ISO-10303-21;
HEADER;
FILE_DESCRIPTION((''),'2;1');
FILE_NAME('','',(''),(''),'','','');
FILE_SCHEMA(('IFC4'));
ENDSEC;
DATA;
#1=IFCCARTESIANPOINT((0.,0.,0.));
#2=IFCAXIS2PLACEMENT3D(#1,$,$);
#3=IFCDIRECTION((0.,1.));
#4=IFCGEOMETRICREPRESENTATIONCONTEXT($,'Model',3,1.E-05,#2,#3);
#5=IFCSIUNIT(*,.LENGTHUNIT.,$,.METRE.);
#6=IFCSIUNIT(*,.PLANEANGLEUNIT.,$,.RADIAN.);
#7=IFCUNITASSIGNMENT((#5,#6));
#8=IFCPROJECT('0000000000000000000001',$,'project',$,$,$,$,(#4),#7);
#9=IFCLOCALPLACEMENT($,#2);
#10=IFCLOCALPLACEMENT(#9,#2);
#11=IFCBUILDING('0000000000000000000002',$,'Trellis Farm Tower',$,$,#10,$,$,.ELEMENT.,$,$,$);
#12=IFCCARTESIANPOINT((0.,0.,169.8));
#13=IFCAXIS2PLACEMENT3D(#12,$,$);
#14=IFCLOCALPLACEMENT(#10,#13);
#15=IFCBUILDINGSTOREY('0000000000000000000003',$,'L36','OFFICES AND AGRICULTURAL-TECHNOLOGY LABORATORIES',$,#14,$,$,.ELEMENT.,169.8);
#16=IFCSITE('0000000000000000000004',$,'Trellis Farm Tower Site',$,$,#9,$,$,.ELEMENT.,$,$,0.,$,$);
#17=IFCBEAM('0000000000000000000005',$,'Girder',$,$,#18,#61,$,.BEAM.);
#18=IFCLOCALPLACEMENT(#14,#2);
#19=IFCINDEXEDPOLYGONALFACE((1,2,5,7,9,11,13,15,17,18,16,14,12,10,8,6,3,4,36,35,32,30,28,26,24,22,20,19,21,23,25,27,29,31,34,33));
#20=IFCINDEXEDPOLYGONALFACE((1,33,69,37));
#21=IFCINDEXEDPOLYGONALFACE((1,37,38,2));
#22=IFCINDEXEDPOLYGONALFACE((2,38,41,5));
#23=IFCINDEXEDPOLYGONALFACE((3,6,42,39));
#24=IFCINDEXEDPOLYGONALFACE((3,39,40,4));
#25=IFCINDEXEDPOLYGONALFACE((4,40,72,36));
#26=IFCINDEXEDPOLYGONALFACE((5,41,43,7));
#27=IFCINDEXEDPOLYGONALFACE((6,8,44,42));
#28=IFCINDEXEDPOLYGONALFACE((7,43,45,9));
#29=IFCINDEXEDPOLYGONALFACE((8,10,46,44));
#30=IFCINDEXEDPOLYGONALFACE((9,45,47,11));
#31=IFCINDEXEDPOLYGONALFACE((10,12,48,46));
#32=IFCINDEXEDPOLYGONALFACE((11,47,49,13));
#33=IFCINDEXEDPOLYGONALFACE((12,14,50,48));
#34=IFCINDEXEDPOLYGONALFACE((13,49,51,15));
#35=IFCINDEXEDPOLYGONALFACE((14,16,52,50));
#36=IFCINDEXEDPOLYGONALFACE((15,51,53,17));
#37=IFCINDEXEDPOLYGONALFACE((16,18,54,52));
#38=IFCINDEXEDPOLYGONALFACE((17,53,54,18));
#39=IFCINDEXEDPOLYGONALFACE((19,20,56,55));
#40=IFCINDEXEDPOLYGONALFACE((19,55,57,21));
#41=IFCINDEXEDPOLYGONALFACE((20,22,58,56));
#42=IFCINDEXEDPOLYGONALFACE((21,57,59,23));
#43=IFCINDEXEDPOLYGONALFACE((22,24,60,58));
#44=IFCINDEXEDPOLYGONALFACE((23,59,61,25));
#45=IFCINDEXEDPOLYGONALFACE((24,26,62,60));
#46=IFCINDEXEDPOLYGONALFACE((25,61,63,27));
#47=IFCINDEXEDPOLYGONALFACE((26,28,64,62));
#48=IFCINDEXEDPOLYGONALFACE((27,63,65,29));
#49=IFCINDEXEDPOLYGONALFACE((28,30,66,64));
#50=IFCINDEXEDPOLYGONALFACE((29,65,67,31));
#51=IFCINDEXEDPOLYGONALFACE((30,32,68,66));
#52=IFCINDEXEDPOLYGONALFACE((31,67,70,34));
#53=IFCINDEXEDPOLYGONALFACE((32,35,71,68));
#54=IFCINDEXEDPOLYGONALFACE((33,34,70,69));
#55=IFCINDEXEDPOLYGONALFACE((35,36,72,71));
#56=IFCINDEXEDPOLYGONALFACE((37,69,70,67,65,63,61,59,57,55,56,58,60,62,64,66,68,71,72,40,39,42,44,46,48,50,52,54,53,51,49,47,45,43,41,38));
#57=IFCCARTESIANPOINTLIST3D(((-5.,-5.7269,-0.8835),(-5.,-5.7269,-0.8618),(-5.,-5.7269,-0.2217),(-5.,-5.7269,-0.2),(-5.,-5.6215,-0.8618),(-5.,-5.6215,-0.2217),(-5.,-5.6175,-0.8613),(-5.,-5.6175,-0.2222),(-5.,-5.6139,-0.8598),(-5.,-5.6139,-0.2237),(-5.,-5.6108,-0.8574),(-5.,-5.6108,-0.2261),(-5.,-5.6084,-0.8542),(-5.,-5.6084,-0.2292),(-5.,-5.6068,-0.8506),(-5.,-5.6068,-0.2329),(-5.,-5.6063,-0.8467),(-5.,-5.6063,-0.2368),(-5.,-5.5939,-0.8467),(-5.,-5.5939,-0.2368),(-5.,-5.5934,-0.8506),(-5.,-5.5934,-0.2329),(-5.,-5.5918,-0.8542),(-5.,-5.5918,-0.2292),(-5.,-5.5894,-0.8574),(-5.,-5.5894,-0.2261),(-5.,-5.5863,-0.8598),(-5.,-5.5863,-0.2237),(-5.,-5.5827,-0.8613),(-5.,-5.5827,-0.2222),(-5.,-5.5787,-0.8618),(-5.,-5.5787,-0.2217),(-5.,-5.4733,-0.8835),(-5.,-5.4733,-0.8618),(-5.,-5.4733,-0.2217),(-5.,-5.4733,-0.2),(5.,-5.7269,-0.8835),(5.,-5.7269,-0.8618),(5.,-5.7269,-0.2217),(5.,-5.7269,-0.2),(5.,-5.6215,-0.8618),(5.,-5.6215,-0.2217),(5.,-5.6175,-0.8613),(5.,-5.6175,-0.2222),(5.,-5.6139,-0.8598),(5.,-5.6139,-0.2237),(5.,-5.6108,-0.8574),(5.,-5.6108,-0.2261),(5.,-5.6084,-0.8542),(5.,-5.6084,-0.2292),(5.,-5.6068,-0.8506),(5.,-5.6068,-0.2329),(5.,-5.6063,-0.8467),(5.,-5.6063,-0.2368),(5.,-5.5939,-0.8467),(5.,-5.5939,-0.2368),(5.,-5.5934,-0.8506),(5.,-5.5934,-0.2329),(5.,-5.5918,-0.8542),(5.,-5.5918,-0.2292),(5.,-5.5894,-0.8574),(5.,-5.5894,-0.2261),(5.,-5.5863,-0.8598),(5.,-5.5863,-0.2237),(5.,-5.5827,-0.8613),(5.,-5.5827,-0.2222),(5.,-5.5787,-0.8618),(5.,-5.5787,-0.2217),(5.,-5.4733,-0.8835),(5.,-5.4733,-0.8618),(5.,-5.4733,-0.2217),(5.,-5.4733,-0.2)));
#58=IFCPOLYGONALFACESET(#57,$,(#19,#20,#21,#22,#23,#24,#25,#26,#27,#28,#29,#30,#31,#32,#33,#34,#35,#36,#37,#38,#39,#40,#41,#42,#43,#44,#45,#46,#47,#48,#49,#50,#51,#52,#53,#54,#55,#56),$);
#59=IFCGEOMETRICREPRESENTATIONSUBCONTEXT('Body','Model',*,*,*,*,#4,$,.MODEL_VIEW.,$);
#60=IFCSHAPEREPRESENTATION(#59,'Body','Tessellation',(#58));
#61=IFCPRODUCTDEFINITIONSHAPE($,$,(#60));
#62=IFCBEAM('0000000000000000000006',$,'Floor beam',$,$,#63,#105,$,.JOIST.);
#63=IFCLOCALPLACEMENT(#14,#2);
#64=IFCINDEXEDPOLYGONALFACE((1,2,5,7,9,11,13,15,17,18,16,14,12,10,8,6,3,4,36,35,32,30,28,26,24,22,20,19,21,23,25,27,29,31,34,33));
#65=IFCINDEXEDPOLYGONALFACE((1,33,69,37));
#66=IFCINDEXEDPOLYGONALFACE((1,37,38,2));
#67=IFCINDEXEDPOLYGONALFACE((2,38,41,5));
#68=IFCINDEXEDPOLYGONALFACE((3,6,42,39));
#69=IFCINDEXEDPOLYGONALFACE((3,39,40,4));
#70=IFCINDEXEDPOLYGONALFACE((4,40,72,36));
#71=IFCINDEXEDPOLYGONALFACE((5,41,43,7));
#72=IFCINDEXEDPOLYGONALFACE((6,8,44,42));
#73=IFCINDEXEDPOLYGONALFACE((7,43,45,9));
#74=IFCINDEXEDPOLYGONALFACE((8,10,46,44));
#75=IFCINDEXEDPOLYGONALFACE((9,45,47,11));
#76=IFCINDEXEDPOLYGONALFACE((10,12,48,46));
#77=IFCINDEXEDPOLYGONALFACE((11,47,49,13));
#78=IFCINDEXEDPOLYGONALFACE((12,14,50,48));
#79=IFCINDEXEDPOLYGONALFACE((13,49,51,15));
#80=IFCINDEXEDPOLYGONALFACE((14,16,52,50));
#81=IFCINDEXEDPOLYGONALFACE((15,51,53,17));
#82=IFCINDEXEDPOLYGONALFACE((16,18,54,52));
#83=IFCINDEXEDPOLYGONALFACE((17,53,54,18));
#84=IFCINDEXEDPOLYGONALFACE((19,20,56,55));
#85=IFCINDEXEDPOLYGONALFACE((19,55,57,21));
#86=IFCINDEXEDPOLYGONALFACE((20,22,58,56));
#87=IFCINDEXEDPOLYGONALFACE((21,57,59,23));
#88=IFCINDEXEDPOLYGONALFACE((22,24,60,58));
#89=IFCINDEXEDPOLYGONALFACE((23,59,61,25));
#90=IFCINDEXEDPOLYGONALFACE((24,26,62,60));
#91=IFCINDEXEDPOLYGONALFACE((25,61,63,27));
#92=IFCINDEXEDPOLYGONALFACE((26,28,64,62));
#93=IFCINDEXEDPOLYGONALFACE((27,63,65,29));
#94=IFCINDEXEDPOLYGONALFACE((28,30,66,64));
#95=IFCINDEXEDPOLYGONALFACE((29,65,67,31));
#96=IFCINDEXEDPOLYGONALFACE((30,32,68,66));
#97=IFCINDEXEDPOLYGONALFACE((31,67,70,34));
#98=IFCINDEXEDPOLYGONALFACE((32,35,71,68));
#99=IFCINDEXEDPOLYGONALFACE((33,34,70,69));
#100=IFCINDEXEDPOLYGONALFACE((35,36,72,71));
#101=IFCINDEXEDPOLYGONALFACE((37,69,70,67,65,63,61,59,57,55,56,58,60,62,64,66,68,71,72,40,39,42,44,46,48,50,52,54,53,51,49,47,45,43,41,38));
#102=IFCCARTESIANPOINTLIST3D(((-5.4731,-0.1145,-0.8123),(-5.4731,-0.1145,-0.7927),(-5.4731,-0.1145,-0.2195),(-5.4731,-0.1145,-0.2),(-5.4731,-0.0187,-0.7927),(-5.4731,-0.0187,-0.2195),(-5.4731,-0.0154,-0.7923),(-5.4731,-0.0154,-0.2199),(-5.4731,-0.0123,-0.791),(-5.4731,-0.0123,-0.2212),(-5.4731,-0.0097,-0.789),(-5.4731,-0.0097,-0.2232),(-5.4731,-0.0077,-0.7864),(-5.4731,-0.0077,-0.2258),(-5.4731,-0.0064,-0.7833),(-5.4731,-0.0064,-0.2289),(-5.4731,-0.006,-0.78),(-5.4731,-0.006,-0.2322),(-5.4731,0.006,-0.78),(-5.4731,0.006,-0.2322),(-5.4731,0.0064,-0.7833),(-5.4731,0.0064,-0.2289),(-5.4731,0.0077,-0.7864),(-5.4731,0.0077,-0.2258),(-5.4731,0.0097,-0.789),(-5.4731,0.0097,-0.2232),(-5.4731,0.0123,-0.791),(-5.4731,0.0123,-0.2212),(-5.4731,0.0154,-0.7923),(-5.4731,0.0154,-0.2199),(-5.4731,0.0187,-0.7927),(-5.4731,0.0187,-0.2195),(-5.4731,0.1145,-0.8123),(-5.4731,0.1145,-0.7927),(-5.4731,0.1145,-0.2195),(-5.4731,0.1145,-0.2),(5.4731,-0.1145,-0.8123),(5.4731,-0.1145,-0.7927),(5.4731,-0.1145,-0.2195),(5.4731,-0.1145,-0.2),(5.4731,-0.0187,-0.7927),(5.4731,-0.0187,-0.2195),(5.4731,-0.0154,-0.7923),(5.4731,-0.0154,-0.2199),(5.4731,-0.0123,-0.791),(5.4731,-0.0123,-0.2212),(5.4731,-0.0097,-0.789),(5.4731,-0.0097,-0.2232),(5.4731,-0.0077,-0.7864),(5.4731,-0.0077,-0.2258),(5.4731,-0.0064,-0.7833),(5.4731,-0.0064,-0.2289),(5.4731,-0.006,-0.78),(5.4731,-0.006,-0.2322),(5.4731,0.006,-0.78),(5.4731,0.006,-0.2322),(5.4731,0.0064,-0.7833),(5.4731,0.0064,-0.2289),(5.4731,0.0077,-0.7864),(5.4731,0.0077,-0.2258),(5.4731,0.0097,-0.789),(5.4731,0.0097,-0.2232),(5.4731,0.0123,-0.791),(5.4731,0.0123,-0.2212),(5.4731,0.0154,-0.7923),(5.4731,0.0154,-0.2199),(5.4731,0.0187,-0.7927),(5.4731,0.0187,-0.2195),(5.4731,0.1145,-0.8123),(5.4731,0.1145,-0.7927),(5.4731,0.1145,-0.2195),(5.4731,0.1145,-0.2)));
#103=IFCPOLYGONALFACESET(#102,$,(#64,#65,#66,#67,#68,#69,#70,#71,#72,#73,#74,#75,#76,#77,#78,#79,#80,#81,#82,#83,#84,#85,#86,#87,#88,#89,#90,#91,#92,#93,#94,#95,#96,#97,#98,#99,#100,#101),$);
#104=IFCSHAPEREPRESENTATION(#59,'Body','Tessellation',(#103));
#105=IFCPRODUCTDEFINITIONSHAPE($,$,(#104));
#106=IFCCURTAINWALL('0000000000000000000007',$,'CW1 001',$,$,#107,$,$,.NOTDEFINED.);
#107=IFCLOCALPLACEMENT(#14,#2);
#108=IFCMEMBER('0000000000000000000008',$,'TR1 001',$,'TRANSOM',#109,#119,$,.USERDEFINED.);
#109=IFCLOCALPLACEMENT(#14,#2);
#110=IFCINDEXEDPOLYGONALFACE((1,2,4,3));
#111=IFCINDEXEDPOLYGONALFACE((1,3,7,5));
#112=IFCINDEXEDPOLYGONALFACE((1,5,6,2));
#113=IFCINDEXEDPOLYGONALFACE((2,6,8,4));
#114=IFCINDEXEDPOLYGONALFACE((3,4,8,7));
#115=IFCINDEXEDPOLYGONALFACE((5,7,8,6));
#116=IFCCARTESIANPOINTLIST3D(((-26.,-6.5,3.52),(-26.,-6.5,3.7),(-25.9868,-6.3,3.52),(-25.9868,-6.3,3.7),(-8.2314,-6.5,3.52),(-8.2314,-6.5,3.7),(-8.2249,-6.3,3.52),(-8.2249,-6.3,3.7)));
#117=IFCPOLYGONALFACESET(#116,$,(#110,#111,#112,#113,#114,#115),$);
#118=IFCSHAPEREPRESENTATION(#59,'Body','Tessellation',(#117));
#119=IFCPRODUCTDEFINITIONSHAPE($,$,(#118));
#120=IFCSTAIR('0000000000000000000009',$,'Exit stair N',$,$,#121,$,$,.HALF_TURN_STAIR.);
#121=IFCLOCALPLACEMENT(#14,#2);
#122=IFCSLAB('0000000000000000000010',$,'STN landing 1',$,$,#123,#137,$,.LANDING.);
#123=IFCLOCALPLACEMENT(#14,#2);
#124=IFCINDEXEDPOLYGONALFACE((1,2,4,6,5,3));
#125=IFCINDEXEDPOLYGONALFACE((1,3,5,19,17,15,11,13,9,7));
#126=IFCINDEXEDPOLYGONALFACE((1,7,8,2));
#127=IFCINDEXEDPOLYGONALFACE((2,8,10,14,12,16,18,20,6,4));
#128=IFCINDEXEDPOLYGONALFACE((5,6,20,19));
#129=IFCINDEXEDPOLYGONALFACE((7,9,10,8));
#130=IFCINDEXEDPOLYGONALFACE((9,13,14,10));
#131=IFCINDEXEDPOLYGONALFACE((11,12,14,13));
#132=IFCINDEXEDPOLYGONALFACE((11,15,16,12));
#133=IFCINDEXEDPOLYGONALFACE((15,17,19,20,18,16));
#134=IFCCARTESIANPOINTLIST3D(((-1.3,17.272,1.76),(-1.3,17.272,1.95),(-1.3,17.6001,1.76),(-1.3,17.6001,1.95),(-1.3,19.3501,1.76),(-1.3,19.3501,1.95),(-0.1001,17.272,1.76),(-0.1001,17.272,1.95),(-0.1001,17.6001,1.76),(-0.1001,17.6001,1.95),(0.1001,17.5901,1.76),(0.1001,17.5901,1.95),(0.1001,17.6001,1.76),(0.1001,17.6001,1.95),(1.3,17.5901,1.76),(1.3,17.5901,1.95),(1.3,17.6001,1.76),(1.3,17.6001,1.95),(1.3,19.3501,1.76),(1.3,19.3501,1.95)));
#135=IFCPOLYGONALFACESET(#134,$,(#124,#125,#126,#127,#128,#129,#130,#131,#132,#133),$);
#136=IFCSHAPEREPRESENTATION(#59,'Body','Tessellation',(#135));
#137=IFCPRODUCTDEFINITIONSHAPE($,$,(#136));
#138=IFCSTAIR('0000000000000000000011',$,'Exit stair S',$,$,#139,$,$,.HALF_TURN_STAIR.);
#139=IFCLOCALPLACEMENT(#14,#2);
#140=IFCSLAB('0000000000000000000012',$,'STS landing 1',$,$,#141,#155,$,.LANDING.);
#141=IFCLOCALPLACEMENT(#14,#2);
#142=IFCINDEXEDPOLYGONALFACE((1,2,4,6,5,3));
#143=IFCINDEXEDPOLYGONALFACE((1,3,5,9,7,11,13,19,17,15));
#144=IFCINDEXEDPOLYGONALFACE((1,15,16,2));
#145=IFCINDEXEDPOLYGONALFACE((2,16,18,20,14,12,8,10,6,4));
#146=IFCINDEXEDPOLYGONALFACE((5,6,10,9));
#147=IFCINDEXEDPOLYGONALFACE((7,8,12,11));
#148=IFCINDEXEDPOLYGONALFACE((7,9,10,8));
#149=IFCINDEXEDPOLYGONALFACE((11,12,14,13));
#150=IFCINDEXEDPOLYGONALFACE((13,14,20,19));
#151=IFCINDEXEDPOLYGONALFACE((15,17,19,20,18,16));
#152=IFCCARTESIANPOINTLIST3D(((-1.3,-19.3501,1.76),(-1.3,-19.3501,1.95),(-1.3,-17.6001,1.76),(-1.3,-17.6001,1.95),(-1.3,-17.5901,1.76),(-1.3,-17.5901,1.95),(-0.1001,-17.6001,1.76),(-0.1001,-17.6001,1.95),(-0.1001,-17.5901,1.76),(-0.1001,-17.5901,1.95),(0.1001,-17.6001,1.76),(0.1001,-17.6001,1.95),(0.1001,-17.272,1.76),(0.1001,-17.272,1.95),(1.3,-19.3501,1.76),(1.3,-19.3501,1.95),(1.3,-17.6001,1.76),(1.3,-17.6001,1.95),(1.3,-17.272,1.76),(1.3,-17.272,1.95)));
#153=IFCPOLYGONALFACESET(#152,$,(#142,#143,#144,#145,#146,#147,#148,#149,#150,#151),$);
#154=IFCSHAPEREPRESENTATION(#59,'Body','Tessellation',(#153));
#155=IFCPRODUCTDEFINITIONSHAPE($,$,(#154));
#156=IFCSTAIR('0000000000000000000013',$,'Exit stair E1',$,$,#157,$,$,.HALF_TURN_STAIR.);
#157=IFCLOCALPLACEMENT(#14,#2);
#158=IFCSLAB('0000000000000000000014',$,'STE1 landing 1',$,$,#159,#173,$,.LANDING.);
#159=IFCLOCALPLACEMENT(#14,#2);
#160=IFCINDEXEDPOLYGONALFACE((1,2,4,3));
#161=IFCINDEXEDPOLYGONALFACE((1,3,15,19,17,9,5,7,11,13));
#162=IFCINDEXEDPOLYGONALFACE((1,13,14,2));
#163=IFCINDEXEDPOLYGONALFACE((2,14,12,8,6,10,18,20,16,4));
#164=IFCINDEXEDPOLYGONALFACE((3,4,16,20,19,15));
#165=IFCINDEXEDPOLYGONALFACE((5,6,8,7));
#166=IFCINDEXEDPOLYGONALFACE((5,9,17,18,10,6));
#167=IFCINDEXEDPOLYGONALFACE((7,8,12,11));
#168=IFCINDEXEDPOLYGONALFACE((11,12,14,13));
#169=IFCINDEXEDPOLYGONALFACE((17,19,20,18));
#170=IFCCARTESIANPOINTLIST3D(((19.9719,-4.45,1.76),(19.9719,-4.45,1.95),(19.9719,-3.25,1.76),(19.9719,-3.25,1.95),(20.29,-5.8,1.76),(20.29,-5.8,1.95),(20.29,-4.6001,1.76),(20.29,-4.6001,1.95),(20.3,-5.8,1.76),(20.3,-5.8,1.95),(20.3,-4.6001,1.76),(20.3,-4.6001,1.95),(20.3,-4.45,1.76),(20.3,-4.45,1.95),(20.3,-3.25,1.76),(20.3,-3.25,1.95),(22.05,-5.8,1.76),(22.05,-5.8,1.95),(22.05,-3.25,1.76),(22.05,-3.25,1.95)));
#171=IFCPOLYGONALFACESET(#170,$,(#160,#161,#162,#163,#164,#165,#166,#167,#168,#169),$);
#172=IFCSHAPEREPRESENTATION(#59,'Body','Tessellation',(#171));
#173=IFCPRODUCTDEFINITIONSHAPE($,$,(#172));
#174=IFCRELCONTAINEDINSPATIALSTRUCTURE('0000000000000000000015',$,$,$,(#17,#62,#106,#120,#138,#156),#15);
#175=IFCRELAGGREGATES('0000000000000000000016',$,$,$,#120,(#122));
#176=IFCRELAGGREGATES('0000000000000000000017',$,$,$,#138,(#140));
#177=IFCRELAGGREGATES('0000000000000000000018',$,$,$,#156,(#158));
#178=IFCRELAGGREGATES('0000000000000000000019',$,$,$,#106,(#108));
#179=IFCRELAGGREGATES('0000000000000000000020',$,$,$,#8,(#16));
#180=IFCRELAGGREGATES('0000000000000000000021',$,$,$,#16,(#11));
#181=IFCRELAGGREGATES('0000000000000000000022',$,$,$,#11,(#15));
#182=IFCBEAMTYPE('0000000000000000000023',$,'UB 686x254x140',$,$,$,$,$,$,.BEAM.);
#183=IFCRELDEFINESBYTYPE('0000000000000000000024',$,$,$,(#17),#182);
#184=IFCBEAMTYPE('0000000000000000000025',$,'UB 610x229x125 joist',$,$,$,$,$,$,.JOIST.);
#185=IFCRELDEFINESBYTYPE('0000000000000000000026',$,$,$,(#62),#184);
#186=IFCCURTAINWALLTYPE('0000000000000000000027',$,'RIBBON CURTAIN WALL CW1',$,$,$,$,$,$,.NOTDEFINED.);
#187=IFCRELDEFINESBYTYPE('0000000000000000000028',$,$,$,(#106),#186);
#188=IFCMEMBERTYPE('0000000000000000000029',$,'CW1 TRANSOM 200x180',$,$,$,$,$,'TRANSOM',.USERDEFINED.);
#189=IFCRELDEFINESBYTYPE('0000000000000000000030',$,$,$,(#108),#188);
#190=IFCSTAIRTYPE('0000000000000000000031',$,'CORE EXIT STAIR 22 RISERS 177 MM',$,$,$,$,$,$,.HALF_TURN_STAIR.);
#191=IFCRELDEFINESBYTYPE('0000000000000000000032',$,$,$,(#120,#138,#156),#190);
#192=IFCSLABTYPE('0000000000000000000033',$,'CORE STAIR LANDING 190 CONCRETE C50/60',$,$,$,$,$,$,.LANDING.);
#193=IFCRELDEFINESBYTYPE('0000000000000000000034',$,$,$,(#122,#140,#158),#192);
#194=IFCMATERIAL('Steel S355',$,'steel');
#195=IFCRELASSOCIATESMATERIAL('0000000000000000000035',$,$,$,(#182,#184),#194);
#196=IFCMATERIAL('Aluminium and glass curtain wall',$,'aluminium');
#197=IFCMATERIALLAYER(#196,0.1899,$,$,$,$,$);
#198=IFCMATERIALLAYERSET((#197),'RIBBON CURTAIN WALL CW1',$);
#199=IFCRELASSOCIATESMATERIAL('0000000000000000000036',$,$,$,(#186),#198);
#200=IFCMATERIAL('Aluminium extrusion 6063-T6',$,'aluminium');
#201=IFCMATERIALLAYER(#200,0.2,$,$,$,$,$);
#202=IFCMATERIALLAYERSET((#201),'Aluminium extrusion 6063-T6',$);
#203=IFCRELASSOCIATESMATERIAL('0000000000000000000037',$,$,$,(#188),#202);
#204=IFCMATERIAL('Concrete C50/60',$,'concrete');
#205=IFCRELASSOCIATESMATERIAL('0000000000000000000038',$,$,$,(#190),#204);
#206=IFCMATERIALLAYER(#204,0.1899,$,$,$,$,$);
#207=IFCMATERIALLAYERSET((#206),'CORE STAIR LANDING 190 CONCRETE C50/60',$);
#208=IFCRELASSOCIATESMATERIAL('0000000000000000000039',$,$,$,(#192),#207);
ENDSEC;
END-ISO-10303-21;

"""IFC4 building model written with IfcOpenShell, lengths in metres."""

from ifc_helpers import new_model, si_unit, direction, frame, origin, origin_2d, place, context, subcontext, project, spatial, polyline, i_section, outline, extrude, source, transform, mapped, material, layer, layer_set, material_profile, profile_set, type_object, element, aggregate, save


model = new_model("IFC4")

# Units and contexts
model_context = context("Model", 3, precision=1e-05, world=origin(), true_north=direction((0.0, 1.0)))
body_context = subcontext(model_context, "Body", "Model", "MODEL_VIEW")
ifc_project = project(units=[si_unit("LENGTHUNIT", "METRE"), si_unit("PLANEANGLEUNIT", "RADIAN")], contexts=[model_context])

# Site, building, storey
site_placement = place(None, origin())
site = spatial("IfcSite", under=ifc_project, at=site_placement, Name="Trellis Farm Tower Site", CompositionType="ELEMENT", RefElevation=0.0)
building_placement = place(site_placement, origin())
building = spatial("IfcBuilding", under=site, at=building_placement, Name="Trellis Farm Tower", CompositionType="ELEMENT")
storey_placement = place(building_placement, frame((0.0, 0.0, 169.8)))
storey = spatial("IfcBuildingStorey", under=building, at=storey_placement, Name="L36", Description="OFFICES AND AGRICULTURAL-TECHNOLOGY LABORATORIES", CompositionType="ELEMENT", Elevation=169.8)

# Beams
ifc_material_1 = material(Name="Steel S355", Category="steel")
ifc_material_profile_1 = material_profile(ifc_material_1, i_section(OverallWidth=0.2537, OverallDepth=0.6836, WebThickness=0.0125, FlangeThickness=0.0217, FilletRadius=0.0151, at=origin_2d()), Name="UB 686x254x140")
ifc_profile_set_1 = profile_set([ifc_material_profile_1], Name="Steel S355")
beam_type_1 = type_object("IfcBeamType", Name="UB 686x254x140", PredefinedType="BEAM", material=ifc_profile_set_1)
shared_shape_1 = source(origin(), body_context, "Body", "SweptSolid", [
    extrude(i_section(OverallWidth=0.2537, OverallDepth=0.6836, WebThickness=0.0125, FlangeThickness=0.0217, FilletRadius=0.0151, at=origin_2d()), origin(), (0.0, 0.0, 1.0), 10.0),
])
beam_1_placement = place(storey_placement, frame((-5.0, -5.6001, -0.5417), z_axis=(1.0, 0.0, 0.0), x_axis=(0.0, 1.0, 0.0)))
element("IfcBeam", 1, at=beam_1_placement, inside=storey, type_object=beam_type_1, Name="Girder", PredefinedType="BEAM", context=body_context, shape_type="MappedRepresentation", body=[
    mapped(shared_shape_1, transform((0.0, 0.0, 0.0))),
])
ifc_material_profile_2 = material_profile(ifc_material_1, i_section(OverallWidth=0.229, OverallDepth=0.6123, WebThickness=0.012, FlangeThickness=0.0195, FilletRadius=0.0127, at=origin_2d()), Name="UB 610x229x125")
ifc_profile_set_2 = profile_set([ifc_material_profile_2], Name="Steel S355")
beam_type_2 = type_object("IfcBeamType", Name="UB 610x229x125 joist", PredefinedType="JOIST", material=ifc_profile_set_2)
shared_shape_2 = source(origin(), body_context, "Body", "SweptSolid", [
    extrude(i_section(OverallWidth=0.229, OverallDepth=0.6123, WebThickness=0.012, FlangeThickness=0.0195, FilletRadius=0.0127, at=origin_2d()), origin(), (0.0, 0.0, 1.0), 10.9463),
])
beam_2_placement = place(storey_placement, frame((-5.4731, 0.0, -0.5061), z_axis=(1.0, 0.0, 0.0), x_axis=(0.0, 1.0, 0.0)))
element("IfcBeam", 2, at=beam_2_placement, inside=storey, type_object=beam_type_2, Name="Floor beam", PredefinedType="JOIST", context=body_context, shape_type="MappedRepresentation", body=[
    mapped(shared_shape_2, transform((0.0, 0.0, 0.0))),
])

# Curtain wall, member
ifc_material_2 = material(Name="Aluminium and glass curtain wall", Category="aluminium")
ifc_layer_1 = layer(ifc_material_2, 0.1899)
ifc_layer_set_1 = layer_set([ifc_layer_1], Name="RIBBON CURTAIN WALL CW1")
curtain_wall_type = type_object("IfcCurtainWallType", Name="RIBBON CURTAIN WALL CW1", PredefinedType="NOTDEFINED", material=ifc_layer_set_1)
placement_1 = place(storey_placement, origin())
curtain_wall = element("IfcCurtainWall", 3, at=placement_1, inside=storey, type_object=curtain_wall_type, Name="CW1 001", PredefinedType="NOTDEFINED")
ifc_material_3 = material(Name="Aluminium extrusion 6063-T6", Category="aluminium")
ifc_layer_2 = layer(ifc_material_3, 0.2)
ifc_layer_set_2 = layer_set([ifc_layer_2], Name="Aluminium extrusion 6063-T6")
member_type = type_object("IfcMemberType", Name="CW1 TRANSOM 200x180", ElementType="TRANSOM", PredefinedType="USERDEFINED", material=ifc_layer_set_2)
shared_shape_3 = source(origin(), body_context, "Body", "SweptSolid", [
    extrude(outline(polyline([(-26.0, -6.5), (-8.2314, -6.5), (-8.2249, -6.3), (-25.9868, -6.3), (-26.0, -6.5)])), origin(), (0.0, 0.0, 1.0), 0.1799),
])
member_placement = place(storey_placement, frame((0.0, 0.0, 3.52)))
member = element("IfcMember", 4, at=member_placement, type_object=member_type, Name="TR1 001", ObjectType="TRANSOM", PredefinedType="USERDEFINED", context=body_context, shape_type="MappedRepresentation", body=[
    mapped(shared_shape_3, transform((0.0, 0.0, 0.0))),
])

# Stairs, slabs
ifc_material_4 = material(Name="Concrete C50/60", Category="concrete")
stair_type = type_object("IfcStairType", Name="CORE EXIT STAIR 22 RISERS 177 MM", PredefinedType="HALF_TURN_STAIR", material=ifc_material_4)
stair_1 = element("IfcStair", 5, at=placement_1, inside=storey, type_object=stair_type, Name="Exit stair N", PredefinedType="HALF_TURN_STAIR")
ifc_layer_3 = layer(ifc_material_4, 0.1899)
ifc_layer_set_3 = layer_set([ifc_layer_3], Name="CORE STAIR LANDING 190 CONCRETE C50/60")
slab_type_1 = type_object("IfcSlabType", Name="CORE STAIR LANDING 190 CONCRETE C50/60", PredefinedType="LANDING", material=ifc_layer_set_3)
shared_shape_4 = source(origin(), body_context, "Body", "SweptSolid", [
    extrude(outline(polyline([(-0.1001, 17.272), (-1.3, 17.272), (-1.3, 17.6001), (-1.3, 19.3501), (1.3, 19.3501), (1.3, 17.6001), (1.3, 17.5901), (0.1001, 17.5901), (0.1001, 17.6001), (-0.1001, 17.6001), (-0.1001, 17.272)])), origin(), (0.0, 0.0, 1.0), 0.1899),
])
placement_2 = place(storey_placement, frame((0.0, 0.0, 1.76)))
slab_1 = element("IfcSlab", 6, at=placement_2, type_object=slab_type_1, Name="STN landing 1", PredefinedType="LANDING", context=body_context, shape_type="MappedRepresentation", body=[
    mapped(shared_shape_4, transform((0.0, 0.0, 0.0))),
])
aggregate(stair_1, [slab_1])
stair_2 = element("IfcStair", 7, at=placement_1, inside=storey, type_object=stair_type, Name="Exit stair S", PredefinedType="HALF_TURN_STAIR")
shared_shape_5 = source(origin(), body_context, "Body", "SweptSolid", [
    extrude(outline(polyline([(1.3, -19.3501), (-1.3, -19.3501), (-1.3, -17.6001), (-1.3, -17.5901), (-0.1001, -17.5901), (-0.1001, -17.6001), (0.1001, -17.6001), (0.1001, -17.272), (1.3, -17.272), (1.3, -17.6001), (1.3, -19.3501)])), origin(), (0.0, 0.0, 1.0), 0.1899),
])
slab_2 = element("IfcSlab", 8, at=placement_2, type_object=slab_type_1, Name="STS landing 1", PredefinedType="LANDING", context=body_context, shape_type="MappedRepresentation", body=[
    mapped(shared_shape_5, transform((0.0, 0.0, 0.0))),
])
aggregate(stair_2, [slab_2])
stair_3 = element("IfcStair", 9, at=placement_1, inside=storey, type_object=stair_type, Name="Exit stair E1", PredefinedType="HALF_TURN_STAIR")
shared_shape_6 = source(origin(), body_context, "Body", "SweptSolid", [
    extrude(outline(polyline([(20.29, -5.8), (20.29, -4.6001), (20.3, -4.6001), (20.3, -4.45), (19.9719, -4.45), (19.9719, -3.25), (20.3, -3.25), (22.05, -3.25), (22.05, -5.8), (20.3, -5.8), (20.29, -5.8)])), origin(), (0.0, 0.0, 1.0), 0.1899),
])
slab_3 = element("IfcSlab", 10, at=placement_2, type_object=slab_type_1, Name="STE1 landing 1", PredefinedType="LANDING", context=body_context, shape_type="MappedRepresentation", body=[
    mapped(shared_shape_6, transform((0.0, 0.0, 0.0))),
])
aggregate(stair_3, [slab_3])

aggregate(curtain_wall, [member])

save(model, "model.ifc")
